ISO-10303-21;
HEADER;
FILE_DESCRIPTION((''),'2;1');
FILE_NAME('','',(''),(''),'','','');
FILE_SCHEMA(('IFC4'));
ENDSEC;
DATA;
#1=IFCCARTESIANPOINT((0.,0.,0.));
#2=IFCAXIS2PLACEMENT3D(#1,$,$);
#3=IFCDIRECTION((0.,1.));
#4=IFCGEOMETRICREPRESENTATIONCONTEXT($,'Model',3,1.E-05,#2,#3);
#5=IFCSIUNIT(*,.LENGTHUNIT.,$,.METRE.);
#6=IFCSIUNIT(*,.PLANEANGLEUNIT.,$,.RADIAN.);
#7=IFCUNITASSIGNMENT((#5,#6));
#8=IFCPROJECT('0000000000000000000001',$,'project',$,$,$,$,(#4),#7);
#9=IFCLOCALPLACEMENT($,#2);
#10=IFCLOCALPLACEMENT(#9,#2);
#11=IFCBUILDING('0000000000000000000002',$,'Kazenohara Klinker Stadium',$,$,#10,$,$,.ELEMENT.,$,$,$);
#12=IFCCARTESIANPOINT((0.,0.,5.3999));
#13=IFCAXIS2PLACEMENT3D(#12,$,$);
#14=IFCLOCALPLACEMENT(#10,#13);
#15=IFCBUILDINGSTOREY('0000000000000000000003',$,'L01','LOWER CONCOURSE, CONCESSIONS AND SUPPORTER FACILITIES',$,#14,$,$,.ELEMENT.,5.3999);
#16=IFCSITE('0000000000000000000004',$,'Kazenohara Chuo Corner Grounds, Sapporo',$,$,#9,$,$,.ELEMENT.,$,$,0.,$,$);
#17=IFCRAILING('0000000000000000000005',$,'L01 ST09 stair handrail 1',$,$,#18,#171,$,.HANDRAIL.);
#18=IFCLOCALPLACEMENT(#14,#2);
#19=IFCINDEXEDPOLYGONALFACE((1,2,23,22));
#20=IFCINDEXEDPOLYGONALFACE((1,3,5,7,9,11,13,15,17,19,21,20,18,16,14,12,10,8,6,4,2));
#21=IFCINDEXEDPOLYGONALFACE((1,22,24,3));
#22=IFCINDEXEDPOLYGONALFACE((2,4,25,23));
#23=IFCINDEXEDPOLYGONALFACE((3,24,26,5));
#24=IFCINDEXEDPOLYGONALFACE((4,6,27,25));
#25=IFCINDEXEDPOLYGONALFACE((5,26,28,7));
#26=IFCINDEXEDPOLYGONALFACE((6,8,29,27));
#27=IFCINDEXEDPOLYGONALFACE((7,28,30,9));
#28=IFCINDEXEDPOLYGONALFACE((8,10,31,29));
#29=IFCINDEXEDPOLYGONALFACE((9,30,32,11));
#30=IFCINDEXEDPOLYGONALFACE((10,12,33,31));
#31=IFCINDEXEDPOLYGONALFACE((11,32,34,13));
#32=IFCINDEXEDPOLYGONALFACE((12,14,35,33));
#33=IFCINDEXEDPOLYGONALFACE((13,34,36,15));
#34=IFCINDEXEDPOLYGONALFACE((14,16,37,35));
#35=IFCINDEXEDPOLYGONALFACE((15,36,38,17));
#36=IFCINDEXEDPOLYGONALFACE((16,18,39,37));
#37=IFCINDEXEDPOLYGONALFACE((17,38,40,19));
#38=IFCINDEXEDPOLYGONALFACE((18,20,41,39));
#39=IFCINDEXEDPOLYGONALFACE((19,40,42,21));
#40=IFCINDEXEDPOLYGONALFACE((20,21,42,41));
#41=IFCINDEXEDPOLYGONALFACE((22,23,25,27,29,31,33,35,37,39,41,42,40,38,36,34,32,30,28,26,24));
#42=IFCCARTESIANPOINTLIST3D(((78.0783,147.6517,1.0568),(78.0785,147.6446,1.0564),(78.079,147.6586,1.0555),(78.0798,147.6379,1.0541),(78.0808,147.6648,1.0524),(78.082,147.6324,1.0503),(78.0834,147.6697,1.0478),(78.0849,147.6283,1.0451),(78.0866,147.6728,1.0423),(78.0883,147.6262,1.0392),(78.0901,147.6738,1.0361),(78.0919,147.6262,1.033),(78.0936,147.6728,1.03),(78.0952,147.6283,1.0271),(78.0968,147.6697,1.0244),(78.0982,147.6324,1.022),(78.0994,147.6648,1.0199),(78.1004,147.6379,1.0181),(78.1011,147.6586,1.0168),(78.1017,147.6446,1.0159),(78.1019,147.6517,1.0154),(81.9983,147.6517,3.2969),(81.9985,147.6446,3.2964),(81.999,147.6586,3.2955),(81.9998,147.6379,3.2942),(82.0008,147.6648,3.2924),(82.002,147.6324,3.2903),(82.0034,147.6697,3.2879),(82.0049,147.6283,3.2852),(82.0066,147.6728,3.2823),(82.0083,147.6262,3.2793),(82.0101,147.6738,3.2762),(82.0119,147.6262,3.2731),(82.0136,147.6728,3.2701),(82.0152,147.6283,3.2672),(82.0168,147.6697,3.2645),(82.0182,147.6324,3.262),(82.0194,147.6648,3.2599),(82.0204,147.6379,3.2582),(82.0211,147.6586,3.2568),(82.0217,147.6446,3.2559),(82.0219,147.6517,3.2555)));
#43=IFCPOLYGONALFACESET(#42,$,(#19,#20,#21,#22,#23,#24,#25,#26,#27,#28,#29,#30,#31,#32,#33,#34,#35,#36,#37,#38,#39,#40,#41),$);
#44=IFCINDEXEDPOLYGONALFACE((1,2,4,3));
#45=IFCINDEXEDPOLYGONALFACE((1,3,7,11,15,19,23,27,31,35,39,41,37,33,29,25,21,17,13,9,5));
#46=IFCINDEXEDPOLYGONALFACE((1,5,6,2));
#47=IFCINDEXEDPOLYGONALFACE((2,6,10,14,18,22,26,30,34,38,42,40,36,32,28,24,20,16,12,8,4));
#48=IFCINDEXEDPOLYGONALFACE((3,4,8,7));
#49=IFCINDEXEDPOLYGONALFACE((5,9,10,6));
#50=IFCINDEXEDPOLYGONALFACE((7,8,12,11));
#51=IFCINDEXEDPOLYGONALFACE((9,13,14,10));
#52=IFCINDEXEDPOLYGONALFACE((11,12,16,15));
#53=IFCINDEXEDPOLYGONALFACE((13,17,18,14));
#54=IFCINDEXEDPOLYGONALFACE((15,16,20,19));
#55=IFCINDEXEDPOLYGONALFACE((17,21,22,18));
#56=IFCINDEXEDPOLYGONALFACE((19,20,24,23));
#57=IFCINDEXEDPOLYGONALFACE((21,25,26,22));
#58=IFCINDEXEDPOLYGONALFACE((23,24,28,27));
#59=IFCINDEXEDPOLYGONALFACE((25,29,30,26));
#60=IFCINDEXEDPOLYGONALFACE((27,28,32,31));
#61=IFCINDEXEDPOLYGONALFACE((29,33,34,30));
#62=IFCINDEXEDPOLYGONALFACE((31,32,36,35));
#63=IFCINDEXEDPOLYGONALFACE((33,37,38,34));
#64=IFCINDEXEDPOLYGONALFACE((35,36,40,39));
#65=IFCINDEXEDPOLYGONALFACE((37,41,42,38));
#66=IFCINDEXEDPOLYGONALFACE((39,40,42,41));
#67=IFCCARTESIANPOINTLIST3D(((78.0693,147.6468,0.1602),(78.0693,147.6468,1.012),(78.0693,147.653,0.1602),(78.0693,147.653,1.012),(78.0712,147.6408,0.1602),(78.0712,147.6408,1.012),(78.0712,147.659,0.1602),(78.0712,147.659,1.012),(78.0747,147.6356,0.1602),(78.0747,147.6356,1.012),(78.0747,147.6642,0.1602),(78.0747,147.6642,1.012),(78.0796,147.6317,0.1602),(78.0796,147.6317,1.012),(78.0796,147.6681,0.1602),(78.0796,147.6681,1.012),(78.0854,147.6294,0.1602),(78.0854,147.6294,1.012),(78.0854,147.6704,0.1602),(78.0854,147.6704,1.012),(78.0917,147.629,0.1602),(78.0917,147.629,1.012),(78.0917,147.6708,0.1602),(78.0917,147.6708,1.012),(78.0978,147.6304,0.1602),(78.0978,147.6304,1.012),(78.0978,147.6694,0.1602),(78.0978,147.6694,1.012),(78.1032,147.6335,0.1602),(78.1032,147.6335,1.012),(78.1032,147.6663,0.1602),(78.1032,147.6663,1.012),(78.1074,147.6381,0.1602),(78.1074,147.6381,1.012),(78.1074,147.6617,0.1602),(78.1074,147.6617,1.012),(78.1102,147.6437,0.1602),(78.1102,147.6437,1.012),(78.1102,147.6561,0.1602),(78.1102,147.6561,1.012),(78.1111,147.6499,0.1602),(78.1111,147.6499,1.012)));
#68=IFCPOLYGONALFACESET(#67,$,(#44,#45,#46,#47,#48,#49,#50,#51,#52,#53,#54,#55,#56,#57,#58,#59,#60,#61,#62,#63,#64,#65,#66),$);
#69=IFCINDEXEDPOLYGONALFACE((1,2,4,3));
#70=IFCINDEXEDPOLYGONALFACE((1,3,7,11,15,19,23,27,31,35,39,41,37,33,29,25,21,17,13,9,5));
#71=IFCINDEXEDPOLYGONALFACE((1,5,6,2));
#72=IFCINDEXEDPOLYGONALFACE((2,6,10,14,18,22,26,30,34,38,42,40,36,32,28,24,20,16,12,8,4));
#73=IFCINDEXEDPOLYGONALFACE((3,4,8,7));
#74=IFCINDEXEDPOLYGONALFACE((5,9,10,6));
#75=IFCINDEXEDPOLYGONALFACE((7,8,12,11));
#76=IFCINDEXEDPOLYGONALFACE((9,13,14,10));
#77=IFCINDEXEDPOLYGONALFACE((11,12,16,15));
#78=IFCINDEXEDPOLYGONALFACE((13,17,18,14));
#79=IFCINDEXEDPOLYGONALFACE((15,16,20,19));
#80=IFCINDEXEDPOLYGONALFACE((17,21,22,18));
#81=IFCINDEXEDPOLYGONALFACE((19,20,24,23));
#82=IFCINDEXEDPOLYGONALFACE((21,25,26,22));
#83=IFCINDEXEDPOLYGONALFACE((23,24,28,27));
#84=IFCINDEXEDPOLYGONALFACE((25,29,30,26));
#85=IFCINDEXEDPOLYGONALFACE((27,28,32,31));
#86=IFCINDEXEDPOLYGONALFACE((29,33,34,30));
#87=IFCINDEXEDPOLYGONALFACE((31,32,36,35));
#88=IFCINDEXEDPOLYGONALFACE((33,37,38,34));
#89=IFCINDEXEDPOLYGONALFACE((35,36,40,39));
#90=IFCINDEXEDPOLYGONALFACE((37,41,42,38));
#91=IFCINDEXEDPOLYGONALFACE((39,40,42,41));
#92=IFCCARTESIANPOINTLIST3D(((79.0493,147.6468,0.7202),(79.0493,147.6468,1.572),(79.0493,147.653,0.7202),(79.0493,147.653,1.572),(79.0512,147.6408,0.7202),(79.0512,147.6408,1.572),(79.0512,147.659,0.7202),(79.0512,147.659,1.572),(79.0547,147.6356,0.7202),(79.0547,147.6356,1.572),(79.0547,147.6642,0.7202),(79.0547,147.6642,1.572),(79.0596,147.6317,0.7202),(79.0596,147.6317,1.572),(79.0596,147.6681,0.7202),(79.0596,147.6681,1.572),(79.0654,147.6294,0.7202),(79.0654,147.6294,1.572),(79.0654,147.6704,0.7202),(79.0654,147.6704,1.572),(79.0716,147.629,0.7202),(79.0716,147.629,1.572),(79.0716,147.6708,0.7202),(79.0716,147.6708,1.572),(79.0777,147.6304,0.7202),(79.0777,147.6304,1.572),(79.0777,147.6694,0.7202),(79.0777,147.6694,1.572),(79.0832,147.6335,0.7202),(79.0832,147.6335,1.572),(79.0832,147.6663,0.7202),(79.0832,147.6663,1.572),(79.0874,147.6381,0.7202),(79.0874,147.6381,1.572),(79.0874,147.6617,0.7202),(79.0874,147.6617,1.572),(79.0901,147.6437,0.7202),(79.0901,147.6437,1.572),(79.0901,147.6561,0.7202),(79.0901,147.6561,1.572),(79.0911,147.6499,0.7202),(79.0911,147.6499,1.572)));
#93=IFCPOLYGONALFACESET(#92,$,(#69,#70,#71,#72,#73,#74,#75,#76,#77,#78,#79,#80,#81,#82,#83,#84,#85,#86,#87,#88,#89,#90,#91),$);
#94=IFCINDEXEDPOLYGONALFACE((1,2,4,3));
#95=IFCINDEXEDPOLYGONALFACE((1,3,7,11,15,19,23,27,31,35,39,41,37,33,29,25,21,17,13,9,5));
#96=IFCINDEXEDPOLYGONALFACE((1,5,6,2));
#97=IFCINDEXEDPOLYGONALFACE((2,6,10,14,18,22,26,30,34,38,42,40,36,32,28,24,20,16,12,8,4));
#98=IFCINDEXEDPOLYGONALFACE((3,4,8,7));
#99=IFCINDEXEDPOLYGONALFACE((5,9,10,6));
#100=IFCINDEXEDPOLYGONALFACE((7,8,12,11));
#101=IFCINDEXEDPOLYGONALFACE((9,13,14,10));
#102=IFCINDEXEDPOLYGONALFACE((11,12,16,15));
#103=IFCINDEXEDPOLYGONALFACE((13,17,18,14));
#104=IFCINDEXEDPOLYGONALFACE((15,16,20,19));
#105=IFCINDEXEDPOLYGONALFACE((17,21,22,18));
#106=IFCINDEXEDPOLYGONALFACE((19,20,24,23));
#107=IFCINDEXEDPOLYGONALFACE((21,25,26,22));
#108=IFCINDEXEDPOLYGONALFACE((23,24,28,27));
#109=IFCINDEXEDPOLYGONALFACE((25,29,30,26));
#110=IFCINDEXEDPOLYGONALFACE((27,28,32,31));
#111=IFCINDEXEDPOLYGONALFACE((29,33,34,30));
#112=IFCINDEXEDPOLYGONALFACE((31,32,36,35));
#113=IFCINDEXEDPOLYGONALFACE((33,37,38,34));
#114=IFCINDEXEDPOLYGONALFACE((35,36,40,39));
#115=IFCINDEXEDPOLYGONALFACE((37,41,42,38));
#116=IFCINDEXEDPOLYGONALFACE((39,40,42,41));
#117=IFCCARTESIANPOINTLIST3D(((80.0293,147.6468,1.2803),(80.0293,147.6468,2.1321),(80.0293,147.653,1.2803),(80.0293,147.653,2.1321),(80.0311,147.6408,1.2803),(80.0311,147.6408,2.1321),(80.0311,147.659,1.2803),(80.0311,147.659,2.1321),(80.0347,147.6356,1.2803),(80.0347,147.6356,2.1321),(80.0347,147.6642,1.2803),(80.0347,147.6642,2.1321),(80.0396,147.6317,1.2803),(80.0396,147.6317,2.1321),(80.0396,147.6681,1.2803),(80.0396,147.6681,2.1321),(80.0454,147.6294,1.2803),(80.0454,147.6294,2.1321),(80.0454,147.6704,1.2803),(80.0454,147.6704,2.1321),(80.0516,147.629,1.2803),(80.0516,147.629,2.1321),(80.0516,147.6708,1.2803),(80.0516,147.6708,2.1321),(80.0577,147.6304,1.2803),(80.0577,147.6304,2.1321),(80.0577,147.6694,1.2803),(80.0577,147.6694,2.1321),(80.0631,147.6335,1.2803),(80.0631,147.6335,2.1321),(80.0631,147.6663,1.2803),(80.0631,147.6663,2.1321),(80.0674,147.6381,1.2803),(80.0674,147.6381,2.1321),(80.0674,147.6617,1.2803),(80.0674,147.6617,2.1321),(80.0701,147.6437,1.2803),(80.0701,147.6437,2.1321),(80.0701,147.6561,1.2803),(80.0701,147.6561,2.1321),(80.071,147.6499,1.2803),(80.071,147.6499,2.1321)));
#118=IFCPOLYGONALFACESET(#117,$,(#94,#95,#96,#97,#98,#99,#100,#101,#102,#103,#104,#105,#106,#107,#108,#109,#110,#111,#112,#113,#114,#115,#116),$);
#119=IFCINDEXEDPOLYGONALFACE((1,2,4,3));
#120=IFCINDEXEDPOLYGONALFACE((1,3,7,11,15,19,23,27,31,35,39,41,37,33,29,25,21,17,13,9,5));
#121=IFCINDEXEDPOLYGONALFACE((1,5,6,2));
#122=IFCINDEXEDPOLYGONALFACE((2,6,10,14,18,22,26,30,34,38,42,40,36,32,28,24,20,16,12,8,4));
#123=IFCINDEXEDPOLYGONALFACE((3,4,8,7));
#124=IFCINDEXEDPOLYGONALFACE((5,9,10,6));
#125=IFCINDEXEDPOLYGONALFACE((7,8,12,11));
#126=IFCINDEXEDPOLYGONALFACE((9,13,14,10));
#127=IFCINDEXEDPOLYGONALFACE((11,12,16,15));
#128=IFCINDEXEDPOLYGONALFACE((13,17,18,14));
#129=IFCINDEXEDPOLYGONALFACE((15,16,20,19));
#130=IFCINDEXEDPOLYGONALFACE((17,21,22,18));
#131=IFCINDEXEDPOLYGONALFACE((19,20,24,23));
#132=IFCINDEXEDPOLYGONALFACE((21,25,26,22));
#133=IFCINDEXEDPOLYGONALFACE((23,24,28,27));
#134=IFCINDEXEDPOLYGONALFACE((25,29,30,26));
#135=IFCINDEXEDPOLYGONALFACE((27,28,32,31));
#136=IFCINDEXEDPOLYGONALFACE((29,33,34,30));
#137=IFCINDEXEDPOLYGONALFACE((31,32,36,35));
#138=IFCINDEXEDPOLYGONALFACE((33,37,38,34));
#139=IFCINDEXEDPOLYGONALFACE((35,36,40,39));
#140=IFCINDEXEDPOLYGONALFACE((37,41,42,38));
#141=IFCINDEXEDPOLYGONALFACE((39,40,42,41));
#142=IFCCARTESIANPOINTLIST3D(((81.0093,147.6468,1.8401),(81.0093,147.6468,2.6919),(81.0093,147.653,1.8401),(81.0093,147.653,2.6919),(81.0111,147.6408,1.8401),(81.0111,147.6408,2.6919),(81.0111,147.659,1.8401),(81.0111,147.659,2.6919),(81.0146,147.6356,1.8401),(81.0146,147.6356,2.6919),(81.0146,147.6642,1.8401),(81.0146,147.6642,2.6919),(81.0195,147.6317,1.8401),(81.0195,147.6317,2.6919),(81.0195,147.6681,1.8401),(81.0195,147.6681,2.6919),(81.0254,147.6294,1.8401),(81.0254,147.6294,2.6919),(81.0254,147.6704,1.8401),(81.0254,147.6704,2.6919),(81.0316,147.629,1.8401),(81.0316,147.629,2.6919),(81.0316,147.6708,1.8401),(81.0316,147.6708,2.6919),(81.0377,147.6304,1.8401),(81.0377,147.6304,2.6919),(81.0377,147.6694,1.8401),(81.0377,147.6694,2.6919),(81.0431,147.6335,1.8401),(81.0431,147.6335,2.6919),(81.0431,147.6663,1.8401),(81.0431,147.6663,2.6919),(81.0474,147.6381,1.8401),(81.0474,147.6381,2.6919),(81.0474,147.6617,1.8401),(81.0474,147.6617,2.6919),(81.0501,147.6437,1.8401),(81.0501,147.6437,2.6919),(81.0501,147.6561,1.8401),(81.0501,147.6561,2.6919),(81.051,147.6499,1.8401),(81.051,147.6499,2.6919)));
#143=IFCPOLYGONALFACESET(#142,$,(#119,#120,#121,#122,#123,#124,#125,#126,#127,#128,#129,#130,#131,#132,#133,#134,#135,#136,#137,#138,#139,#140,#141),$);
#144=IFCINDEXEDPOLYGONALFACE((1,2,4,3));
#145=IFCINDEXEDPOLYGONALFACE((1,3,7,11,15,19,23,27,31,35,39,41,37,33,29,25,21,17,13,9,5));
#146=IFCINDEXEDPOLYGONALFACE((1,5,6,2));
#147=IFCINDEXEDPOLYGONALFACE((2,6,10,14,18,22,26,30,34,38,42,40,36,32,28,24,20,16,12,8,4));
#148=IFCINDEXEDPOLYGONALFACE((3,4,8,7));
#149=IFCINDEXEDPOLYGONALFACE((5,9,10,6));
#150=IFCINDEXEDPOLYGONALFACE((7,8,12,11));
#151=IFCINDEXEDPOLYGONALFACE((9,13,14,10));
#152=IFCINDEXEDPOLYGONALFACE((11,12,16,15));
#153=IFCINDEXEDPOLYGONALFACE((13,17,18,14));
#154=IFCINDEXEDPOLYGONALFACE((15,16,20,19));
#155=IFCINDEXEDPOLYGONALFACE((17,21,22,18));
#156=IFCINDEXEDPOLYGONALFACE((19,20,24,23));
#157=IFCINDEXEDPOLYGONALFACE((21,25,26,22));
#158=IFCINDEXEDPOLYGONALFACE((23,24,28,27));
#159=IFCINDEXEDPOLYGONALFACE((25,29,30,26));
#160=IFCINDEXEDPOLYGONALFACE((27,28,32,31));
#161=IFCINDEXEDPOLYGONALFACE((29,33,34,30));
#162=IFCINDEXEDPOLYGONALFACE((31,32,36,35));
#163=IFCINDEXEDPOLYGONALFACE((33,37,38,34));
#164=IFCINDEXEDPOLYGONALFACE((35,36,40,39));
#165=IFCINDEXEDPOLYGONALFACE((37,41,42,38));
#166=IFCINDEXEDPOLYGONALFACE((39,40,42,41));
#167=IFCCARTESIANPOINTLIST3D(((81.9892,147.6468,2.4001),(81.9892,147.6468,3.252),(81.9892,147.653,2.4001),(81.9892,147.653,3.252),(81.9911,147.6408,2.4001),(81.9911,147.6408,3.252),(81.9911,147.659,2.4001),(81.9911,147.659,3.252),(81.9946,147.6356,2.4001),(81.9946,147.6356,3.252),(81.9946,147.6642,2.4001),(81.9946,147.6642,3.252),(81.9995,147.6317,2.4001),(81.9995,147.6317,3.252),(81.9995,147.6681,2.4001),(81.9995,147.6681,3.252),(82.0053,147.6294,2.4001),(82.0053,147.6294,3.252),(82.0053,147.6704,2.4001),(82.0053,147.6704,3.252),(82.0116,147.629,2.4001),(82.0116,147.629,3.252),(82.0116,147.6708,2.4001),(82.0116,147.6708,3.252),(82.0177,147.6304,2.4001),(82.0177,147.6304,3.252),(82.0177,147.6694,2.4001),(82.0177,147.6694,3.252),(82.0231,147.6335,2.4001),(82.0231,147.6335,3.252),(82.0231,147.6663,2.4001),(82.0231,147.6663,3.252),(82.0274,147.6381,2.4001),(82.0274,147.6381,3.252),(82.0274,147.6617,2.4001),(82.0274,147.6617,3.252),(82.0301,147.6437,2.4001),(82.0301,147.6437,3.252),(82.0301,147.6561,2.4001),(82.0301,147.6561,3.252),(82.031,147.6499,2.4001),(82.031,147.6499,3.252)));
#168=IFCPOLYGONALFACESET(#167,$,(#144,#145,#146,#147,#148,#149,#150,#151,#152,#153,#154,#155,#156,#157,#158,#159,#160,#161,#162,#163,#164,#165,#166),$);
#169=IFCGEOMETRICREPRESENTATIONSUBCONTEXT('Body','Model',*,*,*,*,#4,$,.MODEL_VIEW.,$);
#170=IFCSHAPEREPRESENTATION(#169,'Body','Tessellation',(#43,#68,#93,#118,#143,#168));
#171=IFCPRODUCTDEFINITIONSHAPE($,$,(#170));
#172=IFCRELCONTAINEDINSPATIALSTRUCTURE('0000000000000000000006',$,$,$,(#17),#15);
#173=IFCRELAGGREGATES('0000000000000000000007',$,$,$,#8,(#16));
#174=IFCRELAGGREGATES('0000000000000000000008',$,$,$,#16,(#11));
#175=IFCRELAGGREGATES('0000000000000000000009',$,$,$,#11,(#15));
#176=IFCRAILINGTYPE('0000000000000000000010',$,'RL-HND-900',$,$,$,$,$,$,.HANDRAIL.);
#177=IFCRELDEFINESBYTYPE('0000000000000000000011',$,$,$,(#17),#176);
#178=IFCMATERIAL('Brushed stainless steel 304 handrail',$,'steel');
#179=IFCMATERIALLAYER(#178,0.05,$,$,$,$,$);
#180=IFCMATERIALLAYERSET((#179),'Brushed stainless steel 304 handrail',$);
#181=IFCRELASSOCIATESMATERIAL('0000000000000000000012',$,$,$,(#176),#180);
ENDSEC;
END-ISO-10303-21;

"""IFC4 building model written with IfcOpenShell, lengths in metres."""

from ifc_helpers import new_model, si_unit, direction, frame, origin, origin_2d, place, context, subcontext, project, spatial, circle, extrude, material, layer, layer_set, type_object, element, save


model = new_model("IFC4")

# Units and contexts
model_context = context("Model", 3, precision=1e-05, world=origin(), true_north=direction((0.0, 1.0)))
body_context = subcontext(model_context, "Body", "Model", "MODEL_VIEW")
ifc_project = project(units=[si_unit("LENGTHUNIT", "METRE"), si_unit("PLANEANGLEUNIT", "RADIAN")], contexts=[model_context])

# Site, building, storey
site_placement = place(None, origin())
site = spatial("IfcSite", under=ifc_project, at=site_placement, Name="Kazenohara Chuo Corner Grounds, Sapporo", CompositionType="ELEMENT", RefElevation=0.0)
building_placement = place(site_placement, origin())
building = spatial("IfcBuilding", under=site, at=building_placement, Name="Kazenohara Klinker Stadium", CompositionType="ELEMENT")
storey_placement = place(building_placement, frame((0.0, 0.0, 5.3999)))
storey = spatial("IfcBuildingStorey", under=building, at=storey_placement, Name="L01", Description="LOWER CONCOURSE, CONCESSIONS AND SUPPORTER FACILITIES", CompositionType="ELEMENT", Elevation=5.3999)

# Railing
ifc_material_1 = material(Name="Brushed stainless steel 304 handrail", Category="steel")
ifc_layer_1 = layer(ifc_material_1, 0.05)
ifc_layer_set_1 = layer_set([ifc_layer_1], Name="Brushed stainless steel 304 handrail")
railing_type_1 = type_object("IfcRailingType", Name="RL-HND-900", PredefinedType="HANDRAIL", material=ifc_layer_set_1)
railing_1_placement = place(storey_placement, frame((78.0901, 147.6499, 0.1602)))
element("IfcRailing", 1, at=railing_1_placement, inside=storey, type_object=railing_type_1, Name="L01 ST09 stair handrail 1", PredefinedType="HANDRAIL", context=body_context, shape_type="SweptSolid", body=[
    extrude(circle(Radius=0.0239, at=origin_2d()), frame((0.0, 0.0, 0.876), z_axis=(0.86824, 0.0, 0.496145), x_axis=(0.0, 1.0, 0.0)), (0.0, 0.0, 1.0), 4.5149),
    extrude(circle(Radius=0.021, at=origin_2d()), origin(), (0.0, 0.0, 1.0), 0.8518),
    extrude(circle(Radius=0.021, at=origin_2d()), frame((0.98, 0.0, 0.5601)), (0.0, 0.0, 1.0), 0.8518),
    extrude(circle(Radius=0.021, at=origin_2d()), frame((1.96, 0.0, 1.1201)), (0.0, 0.0, 1.0), 0.8518),
    extrude(circle(Radius=0.021, at=origin_2d()), frame((2.9399, 0.0, 1.6799)), (0.0, 0.0, 1.0), 0.8518),
    extrude(circle(Radius=0.021, at=origin_2d()), frame((3.9199, 0.0, 2.24)), (0.0, 0.0, 1.0), 0.8518),
])

save(model, "model.ifc")
